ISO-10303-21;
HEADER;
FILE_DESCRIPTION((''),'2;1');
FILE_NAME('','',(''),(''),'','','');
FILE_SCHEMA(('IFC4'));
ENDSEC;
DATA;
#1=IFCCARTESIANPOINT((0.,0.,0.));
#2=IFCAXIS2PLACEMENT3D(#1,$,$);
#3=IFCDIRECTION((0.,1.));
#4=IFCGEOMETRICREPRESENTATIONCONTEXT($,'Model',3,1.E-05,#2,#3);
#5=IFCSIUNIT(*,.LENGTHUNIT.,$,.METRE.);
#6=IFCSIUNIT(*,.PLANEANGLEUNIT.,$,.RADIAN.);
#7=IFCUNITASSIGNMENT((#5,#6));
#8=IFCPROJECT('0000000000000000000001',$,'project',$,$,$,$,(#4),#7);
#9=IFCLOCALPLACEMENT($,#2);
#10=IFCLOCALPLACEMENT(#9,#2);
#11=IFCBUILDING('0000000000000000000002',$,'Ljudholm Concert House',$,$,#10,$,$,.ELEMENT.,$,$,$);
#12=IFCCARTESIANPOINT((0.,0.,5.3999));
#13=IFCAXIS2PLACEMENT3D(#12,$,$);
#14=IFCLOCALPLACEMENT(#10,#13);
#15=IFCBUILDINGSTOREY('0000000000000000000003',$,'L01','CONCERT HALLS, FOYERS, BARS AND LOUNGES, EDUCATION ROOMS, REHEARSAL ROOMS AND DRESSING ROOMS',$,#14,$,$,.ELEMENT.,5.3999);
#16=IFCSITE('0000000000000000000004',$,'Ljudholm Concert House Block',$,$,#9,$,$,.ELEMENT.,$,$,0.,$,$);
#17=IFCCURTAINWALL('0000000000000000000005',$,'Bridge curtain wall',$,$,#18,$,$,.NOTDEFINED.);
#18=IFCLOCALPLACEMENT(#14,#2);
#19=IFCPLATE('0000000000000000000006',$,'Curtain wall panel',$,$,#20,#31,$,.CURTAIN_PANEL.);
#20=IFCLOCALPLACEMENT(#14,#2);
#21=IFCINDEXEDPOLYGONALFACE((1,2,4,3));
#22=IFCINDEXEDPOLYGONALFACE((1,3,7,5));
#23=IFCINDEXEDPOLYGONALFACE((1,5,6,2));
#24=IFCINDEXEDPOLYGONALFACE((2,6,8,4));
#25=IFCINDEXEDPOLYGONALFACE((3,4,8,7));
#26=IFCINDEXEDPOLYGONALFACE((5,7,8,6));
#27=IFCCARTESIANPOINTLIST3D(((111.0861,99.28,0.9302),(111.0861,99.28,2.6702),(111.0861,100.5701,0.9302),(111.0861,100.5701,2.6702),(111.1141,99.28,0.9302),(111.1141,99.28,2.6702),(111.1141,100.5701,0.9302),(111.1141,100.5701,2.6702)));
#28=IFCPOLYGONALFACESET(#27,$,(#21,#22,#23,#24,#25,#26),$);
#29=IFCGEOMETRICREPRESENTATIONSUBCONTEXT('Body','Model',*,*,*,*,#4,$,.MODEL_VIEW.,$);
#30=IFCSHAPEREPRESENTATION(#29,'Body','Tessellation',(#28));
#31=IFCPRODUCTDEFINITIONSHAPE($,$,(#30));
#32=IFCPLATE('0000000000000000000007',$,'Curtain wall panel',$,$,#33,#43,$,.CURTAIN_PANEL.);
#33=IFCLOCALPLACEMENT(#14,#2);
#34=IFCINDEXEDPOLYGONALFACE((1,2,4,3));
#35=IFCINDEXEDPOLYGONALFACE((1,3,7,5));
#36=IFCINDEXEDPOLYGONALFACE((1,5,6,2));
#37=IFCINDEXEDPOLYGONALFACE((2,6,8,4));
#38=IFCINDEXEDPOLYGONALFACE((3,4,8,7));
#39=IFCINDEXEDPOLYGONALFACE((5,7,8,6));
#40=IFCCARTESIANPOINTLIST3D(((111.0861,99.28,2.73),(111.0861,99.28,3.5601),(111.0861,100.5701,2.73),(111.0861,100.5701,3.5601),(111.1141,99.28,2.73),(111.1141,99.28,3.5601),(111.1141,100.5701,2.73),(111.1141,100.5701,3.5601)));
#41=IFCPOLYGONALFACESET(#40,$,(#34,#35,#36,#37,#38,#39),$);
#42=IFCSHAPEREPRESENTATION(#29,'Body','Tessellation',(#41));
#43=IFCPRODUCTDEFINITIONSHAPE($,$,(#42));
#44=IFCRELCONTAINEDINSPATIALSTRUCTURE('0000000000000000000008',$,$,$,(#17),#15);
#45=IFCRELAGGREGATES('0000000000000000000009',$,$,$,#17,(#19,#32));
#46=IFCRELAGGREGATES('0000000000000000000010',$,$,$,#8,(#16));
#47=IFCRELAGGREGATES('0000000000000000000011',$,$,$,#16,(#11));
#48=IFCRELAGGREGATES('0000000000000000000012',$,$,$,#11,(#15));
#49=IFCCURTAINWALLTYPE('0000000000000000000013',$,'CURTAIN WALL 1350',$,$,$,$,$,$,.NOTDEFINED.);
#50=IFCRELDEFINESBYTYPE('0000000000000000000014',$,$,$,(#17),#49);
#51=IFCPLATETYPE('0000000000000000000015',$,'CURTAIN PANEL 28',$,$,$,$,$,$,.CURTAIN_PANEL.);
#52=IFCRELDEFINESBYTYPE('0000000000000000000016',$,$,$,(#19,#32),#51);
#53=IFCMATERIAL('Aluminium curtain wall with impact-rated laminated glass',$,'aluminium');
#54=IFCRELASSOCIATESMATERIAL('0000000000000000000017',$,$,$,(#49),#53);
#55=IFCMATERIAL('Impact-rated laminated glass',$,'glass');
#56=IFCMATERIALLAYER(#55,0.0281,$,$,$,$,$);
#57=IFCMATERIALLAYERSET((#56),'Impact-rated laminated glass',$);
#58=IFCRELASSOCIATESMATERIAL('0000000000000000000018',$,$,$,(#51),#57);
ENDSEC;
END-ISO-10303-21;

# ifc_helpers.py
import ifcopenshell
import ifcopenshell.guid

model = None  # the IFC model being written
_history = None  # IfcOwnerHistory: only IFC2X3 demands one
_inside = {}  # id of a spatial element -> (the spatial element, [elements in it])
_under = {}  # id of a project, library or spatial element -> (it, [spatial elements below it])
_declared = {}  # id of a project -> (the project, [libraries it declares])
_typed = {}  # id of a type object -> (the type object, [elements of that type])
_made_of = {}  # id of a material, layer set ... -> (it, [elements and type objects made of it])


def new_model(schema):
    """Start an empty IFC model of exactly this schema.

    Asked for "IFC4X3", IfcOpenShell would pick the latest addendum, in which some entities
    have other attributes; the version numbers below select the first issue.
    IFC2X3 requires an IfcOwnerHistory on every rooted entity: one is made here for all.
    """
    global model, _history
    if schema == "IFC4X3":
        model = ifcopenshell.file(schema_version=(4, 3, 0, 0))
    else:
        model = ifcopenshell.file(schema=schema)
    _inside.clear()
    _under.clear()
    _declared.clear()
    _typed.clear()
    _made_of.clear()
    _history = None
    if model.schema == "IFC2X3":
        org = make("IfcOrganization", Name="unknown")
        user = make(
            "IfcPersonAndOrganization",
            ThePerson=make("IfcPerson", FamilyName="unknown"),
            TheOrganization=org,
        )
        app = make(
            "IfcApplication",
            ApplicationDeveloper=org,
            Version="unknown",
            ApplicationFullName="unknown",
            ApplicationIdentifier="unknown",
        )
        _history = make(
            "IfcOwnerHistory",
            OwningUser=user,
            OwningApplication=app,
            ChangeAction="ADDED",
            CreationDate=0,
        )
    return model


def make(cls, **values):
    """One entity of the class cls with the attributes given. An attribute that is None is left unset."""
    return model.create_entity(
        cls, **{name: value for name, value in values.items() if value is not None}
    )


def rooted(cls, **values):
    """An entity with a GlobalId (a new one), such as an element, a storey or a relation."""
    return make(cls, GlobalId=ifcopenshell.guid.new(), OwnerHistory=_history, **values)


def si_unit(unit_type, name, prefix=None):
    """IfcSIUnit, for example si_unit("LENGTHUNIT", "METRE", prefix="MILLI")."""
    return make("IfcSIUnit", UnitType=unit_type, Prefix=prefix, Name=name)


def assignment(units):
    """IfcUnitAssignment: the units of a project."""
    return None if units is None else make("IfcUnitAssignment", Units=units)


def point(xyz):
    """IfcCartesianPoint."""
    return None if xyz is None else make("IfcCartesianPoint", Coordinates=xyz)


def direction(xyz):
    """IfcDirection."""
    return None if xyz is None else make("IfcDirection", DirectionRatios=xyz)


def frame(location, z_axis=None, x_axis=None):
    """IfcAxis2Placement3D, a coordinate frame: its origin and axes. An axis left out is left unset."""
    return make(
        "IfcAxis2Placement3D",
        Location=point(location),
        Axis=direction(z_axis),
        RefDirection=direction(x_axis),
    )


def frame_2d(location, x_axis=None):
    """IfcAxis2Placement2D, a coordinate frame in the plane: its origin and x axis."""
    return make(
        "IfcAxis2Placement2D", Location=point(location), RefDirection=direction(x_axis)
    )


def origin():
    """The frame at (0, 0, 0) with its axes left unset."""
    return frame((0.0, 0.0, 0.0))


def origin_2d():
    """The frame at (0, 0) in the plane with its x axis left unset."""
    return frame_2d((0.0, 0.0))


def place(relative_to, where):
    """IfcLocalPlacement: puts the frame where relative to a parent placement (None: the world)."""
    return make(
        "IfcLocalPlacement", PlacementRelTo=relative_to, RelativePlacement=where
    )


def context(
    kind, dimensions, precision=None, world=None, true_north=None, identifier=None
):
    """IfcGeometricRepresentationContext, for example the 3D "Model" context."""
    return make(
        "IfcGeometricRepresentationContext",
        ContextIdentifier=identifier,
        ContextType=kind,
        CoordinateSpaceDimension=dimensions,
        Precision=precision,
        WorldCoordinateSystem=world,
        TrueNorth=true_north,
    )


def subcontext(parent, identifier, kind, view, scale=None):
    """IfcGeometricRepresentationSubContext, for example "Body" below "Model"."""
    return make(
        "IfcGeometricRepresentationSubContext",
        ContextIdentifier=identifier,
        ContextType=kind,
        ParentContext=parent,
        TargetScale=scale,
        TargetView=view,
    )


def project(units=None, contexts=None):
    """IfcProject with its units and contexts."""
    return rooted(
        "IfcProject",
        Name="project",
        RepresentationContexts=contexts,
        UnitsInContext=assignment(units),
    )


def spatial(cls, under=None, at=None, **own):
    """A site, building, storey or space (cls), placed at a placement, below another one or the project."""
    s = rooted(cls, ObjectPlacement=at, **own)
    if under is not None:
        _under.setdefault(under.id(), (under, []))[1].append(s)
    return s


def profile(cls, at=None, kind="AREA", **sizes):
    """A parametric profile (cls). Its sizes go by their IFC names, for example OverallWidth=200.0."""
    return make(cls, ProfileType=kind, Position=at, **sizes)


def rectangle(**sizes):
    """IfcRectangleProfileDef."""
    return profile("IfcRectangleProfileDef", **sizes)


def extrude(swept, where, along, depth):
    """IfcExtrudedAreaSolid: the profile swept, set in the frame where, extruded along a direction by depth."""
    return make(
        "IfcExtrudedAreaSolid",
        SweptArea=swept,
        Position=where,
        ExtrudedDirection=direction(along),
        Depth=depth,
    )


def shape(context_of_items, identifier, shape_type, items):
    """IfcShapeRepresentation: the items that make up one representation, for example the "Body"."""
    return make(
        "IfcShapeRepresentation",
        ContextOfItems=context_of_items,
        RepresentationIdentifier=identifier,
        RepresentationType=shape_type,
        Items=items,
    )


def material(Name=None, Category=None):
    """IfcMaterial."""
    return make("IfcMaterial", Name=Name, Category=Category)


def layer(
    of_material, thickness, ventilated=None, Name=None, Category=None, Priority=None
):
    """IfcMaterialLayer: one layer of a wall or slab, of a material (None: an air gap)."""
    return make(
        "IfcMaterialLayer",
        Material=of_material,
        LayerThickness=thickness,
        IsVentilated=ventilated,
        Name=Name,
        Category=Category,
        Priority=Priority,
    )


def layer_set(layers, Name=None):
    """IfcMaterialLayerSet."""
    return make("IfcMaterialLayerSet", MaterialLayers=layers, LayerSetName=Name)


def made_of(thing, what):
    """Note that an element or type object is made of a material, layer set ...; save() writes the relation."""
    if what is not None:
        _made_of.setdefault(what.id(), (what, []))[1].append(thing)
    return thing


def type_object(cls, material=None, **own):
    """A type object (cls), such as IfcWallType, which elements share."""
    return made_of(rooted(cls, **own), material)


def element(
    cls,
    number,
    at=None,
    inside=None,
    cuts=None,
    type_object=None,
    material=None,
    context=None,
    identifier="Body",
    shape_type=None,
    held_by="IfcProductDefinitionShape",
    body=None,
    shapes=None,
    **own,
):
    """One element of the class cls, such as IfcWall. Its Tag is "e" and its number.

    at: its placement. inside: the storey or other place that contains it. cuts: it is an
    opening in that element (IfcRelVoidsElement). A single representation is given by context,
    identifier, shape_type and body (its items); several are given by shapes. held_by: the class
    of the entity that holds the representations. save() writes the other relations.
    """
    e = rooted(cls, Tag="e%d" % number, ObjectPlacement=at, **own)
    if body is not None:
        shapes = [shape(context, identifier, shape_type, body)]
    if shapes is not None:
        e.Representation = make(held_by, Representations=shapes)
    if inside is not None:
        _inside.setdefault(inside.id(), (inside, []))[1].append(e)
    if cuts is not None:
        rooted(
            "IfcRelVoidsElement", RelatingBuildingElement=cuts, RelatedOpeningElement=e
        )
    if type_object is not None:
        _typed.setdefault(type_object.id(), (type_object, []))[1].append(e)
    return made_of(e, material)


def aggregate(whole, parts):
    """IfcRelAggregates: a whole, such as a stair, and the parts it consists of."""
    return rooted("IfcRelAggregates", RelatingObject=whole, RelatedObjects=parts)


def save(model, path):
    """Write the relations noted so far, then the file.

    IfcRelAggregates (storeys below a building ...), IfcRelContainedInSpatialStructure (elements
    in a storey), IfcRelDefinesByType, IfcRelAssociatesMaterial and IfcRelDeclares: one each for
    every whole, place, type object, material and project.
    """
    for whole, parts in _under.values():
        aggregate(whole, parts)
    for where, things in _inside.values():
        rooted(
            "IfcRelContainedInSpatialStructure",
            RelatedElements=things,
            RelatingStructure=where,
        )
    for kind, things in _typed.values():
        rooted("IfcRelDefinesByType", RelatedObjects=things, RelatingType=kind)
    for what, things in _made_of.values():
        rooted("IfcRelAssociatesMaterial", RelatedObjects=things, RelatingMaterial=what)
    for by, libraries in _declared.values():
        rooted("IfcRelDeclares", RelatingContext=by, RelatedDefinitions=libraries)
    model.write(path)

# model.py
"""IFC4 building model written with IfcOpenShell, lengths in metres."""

from ifc_helpers import new_model, si_unit, direction, frame, origin, origin_2d, place, context, subcontext, project, spatial, rectangle, extrude, material, layer, layer_set, type_object, element, aggregate, save


model = new_model("IFC4")

# Units and contexts
model_context = context("Model", 3, precision=1e-05, world=origin(), true_north=direction((0.0, 1.0)))
body_context = subcontext(model_context, "Body", "Model", "MODEL_VIEW")
ifc_project = project(units=[si_unit("LENGTHUNIT", "METRE"), si_unit("PLANEANGLEUNIT", "RADIAN")], contexts=[model_context])

# Site, building, storey
site_placement = place(None, origin())
site = spatial("IfcSite", under=ifc_project, at=site_placement, Name="Ljudholm Concert House Block", CompositionType="ELEMENT", RefElevation=0.0)
building_placement = place(site_placement, origin())
building = spatial("IfcBuilding", under=site, at=building_placement, Name="Ljudholm Concert House", CompositionType="ELEMENT")
storey_placement = place(building_placement, frame((0.0, 0.0, 5.3999)))
storey = spatial("IfcBuildingStorey", under=building, at=storey_placement, Name="L01", Description="CONCERT HALLS, FOYERS, BARS AND LOUNGES, EDUCATION ROOMS, REHEARSAL ROOMS AND DRESSING ROOMS", CompositionType="ELEMENT", Elevation=5.3999)

# Curtain wall
ifc_material_1 = material(Name="Aluminium curtain wall with impact-rated laminated glass", Category="aluminium")
curtain_wall_type = type_object("IfcCurtainWallType", Name="CURTAIN WALL 1350", PredefinedType="NOTDEFINED", material=ifc_material_1)
curtain_wall_placement = place(storey_placement, origin())
curtain_wall = element("IfcCurtainWall", 1, at=curtain_wall_placement, inside=storey, type_object=curtain_wall_type, Name="Bridge curtain wall", PredefinedType="NOTDEFINED")

# Plates
ifc_material_2 = material(Name="Impact-rated laminated glass", Category="glass")
ifc_layer = layer(ifc_material_2, 0.0281)
ifc_layer_set = layer_set([ifc_layer], Name="Impact-rated laminated glass")
plate_type = type_object("IfcPlateType", Name="CURTAIN PANEL 28", PredefinedType="CURTAIN_PANEL", material=ifc_layer_set)
plate_1_placement = place(storey_placement, frame((111.1001, 99.925, 0.9302), z_axis=(0.0, 0.0, 1.0), x_axis=(0.0, 1.0, 0.0)))
plate_1 = element("IfcPlate", 2, at=plate_1_placement, type_object=plate_type, Name="Curtain wall panel", PredefinedType="CURTAIN_PANEL", context=body_context, shape_type="SweptSolid", body=[
    extrude(rectangle(XDim=1.29, YDim=0.0281, at=origin_2d()), origin(), (0.0, 0.0, 1.0), 1.74),
])
plate_2_placement = place(storey_placement, frame((111.1001, 99.925, 2.73), z_axis=(0.0, 0.0, 1.0), x_axis=(0.0, 1.0, 0.0)))
plate_2 = element("IfcPlate", 3, at=plate_2_placement, type_object=plate_type, Name="Curtain wall panel", PredefinedType="CURTAIN_PANEL", context=body_context, shape_type="SweptSolid", body=[
    extrude(rectangle(XDim=1.29, YDim=0.0281, at=origin_2d()), origin(), (0.0, 0.0, 1.0), 0.8301),
])
aggregate(curtain_wall, [plate_1, plate_2])

save(model, "model.ifc")
